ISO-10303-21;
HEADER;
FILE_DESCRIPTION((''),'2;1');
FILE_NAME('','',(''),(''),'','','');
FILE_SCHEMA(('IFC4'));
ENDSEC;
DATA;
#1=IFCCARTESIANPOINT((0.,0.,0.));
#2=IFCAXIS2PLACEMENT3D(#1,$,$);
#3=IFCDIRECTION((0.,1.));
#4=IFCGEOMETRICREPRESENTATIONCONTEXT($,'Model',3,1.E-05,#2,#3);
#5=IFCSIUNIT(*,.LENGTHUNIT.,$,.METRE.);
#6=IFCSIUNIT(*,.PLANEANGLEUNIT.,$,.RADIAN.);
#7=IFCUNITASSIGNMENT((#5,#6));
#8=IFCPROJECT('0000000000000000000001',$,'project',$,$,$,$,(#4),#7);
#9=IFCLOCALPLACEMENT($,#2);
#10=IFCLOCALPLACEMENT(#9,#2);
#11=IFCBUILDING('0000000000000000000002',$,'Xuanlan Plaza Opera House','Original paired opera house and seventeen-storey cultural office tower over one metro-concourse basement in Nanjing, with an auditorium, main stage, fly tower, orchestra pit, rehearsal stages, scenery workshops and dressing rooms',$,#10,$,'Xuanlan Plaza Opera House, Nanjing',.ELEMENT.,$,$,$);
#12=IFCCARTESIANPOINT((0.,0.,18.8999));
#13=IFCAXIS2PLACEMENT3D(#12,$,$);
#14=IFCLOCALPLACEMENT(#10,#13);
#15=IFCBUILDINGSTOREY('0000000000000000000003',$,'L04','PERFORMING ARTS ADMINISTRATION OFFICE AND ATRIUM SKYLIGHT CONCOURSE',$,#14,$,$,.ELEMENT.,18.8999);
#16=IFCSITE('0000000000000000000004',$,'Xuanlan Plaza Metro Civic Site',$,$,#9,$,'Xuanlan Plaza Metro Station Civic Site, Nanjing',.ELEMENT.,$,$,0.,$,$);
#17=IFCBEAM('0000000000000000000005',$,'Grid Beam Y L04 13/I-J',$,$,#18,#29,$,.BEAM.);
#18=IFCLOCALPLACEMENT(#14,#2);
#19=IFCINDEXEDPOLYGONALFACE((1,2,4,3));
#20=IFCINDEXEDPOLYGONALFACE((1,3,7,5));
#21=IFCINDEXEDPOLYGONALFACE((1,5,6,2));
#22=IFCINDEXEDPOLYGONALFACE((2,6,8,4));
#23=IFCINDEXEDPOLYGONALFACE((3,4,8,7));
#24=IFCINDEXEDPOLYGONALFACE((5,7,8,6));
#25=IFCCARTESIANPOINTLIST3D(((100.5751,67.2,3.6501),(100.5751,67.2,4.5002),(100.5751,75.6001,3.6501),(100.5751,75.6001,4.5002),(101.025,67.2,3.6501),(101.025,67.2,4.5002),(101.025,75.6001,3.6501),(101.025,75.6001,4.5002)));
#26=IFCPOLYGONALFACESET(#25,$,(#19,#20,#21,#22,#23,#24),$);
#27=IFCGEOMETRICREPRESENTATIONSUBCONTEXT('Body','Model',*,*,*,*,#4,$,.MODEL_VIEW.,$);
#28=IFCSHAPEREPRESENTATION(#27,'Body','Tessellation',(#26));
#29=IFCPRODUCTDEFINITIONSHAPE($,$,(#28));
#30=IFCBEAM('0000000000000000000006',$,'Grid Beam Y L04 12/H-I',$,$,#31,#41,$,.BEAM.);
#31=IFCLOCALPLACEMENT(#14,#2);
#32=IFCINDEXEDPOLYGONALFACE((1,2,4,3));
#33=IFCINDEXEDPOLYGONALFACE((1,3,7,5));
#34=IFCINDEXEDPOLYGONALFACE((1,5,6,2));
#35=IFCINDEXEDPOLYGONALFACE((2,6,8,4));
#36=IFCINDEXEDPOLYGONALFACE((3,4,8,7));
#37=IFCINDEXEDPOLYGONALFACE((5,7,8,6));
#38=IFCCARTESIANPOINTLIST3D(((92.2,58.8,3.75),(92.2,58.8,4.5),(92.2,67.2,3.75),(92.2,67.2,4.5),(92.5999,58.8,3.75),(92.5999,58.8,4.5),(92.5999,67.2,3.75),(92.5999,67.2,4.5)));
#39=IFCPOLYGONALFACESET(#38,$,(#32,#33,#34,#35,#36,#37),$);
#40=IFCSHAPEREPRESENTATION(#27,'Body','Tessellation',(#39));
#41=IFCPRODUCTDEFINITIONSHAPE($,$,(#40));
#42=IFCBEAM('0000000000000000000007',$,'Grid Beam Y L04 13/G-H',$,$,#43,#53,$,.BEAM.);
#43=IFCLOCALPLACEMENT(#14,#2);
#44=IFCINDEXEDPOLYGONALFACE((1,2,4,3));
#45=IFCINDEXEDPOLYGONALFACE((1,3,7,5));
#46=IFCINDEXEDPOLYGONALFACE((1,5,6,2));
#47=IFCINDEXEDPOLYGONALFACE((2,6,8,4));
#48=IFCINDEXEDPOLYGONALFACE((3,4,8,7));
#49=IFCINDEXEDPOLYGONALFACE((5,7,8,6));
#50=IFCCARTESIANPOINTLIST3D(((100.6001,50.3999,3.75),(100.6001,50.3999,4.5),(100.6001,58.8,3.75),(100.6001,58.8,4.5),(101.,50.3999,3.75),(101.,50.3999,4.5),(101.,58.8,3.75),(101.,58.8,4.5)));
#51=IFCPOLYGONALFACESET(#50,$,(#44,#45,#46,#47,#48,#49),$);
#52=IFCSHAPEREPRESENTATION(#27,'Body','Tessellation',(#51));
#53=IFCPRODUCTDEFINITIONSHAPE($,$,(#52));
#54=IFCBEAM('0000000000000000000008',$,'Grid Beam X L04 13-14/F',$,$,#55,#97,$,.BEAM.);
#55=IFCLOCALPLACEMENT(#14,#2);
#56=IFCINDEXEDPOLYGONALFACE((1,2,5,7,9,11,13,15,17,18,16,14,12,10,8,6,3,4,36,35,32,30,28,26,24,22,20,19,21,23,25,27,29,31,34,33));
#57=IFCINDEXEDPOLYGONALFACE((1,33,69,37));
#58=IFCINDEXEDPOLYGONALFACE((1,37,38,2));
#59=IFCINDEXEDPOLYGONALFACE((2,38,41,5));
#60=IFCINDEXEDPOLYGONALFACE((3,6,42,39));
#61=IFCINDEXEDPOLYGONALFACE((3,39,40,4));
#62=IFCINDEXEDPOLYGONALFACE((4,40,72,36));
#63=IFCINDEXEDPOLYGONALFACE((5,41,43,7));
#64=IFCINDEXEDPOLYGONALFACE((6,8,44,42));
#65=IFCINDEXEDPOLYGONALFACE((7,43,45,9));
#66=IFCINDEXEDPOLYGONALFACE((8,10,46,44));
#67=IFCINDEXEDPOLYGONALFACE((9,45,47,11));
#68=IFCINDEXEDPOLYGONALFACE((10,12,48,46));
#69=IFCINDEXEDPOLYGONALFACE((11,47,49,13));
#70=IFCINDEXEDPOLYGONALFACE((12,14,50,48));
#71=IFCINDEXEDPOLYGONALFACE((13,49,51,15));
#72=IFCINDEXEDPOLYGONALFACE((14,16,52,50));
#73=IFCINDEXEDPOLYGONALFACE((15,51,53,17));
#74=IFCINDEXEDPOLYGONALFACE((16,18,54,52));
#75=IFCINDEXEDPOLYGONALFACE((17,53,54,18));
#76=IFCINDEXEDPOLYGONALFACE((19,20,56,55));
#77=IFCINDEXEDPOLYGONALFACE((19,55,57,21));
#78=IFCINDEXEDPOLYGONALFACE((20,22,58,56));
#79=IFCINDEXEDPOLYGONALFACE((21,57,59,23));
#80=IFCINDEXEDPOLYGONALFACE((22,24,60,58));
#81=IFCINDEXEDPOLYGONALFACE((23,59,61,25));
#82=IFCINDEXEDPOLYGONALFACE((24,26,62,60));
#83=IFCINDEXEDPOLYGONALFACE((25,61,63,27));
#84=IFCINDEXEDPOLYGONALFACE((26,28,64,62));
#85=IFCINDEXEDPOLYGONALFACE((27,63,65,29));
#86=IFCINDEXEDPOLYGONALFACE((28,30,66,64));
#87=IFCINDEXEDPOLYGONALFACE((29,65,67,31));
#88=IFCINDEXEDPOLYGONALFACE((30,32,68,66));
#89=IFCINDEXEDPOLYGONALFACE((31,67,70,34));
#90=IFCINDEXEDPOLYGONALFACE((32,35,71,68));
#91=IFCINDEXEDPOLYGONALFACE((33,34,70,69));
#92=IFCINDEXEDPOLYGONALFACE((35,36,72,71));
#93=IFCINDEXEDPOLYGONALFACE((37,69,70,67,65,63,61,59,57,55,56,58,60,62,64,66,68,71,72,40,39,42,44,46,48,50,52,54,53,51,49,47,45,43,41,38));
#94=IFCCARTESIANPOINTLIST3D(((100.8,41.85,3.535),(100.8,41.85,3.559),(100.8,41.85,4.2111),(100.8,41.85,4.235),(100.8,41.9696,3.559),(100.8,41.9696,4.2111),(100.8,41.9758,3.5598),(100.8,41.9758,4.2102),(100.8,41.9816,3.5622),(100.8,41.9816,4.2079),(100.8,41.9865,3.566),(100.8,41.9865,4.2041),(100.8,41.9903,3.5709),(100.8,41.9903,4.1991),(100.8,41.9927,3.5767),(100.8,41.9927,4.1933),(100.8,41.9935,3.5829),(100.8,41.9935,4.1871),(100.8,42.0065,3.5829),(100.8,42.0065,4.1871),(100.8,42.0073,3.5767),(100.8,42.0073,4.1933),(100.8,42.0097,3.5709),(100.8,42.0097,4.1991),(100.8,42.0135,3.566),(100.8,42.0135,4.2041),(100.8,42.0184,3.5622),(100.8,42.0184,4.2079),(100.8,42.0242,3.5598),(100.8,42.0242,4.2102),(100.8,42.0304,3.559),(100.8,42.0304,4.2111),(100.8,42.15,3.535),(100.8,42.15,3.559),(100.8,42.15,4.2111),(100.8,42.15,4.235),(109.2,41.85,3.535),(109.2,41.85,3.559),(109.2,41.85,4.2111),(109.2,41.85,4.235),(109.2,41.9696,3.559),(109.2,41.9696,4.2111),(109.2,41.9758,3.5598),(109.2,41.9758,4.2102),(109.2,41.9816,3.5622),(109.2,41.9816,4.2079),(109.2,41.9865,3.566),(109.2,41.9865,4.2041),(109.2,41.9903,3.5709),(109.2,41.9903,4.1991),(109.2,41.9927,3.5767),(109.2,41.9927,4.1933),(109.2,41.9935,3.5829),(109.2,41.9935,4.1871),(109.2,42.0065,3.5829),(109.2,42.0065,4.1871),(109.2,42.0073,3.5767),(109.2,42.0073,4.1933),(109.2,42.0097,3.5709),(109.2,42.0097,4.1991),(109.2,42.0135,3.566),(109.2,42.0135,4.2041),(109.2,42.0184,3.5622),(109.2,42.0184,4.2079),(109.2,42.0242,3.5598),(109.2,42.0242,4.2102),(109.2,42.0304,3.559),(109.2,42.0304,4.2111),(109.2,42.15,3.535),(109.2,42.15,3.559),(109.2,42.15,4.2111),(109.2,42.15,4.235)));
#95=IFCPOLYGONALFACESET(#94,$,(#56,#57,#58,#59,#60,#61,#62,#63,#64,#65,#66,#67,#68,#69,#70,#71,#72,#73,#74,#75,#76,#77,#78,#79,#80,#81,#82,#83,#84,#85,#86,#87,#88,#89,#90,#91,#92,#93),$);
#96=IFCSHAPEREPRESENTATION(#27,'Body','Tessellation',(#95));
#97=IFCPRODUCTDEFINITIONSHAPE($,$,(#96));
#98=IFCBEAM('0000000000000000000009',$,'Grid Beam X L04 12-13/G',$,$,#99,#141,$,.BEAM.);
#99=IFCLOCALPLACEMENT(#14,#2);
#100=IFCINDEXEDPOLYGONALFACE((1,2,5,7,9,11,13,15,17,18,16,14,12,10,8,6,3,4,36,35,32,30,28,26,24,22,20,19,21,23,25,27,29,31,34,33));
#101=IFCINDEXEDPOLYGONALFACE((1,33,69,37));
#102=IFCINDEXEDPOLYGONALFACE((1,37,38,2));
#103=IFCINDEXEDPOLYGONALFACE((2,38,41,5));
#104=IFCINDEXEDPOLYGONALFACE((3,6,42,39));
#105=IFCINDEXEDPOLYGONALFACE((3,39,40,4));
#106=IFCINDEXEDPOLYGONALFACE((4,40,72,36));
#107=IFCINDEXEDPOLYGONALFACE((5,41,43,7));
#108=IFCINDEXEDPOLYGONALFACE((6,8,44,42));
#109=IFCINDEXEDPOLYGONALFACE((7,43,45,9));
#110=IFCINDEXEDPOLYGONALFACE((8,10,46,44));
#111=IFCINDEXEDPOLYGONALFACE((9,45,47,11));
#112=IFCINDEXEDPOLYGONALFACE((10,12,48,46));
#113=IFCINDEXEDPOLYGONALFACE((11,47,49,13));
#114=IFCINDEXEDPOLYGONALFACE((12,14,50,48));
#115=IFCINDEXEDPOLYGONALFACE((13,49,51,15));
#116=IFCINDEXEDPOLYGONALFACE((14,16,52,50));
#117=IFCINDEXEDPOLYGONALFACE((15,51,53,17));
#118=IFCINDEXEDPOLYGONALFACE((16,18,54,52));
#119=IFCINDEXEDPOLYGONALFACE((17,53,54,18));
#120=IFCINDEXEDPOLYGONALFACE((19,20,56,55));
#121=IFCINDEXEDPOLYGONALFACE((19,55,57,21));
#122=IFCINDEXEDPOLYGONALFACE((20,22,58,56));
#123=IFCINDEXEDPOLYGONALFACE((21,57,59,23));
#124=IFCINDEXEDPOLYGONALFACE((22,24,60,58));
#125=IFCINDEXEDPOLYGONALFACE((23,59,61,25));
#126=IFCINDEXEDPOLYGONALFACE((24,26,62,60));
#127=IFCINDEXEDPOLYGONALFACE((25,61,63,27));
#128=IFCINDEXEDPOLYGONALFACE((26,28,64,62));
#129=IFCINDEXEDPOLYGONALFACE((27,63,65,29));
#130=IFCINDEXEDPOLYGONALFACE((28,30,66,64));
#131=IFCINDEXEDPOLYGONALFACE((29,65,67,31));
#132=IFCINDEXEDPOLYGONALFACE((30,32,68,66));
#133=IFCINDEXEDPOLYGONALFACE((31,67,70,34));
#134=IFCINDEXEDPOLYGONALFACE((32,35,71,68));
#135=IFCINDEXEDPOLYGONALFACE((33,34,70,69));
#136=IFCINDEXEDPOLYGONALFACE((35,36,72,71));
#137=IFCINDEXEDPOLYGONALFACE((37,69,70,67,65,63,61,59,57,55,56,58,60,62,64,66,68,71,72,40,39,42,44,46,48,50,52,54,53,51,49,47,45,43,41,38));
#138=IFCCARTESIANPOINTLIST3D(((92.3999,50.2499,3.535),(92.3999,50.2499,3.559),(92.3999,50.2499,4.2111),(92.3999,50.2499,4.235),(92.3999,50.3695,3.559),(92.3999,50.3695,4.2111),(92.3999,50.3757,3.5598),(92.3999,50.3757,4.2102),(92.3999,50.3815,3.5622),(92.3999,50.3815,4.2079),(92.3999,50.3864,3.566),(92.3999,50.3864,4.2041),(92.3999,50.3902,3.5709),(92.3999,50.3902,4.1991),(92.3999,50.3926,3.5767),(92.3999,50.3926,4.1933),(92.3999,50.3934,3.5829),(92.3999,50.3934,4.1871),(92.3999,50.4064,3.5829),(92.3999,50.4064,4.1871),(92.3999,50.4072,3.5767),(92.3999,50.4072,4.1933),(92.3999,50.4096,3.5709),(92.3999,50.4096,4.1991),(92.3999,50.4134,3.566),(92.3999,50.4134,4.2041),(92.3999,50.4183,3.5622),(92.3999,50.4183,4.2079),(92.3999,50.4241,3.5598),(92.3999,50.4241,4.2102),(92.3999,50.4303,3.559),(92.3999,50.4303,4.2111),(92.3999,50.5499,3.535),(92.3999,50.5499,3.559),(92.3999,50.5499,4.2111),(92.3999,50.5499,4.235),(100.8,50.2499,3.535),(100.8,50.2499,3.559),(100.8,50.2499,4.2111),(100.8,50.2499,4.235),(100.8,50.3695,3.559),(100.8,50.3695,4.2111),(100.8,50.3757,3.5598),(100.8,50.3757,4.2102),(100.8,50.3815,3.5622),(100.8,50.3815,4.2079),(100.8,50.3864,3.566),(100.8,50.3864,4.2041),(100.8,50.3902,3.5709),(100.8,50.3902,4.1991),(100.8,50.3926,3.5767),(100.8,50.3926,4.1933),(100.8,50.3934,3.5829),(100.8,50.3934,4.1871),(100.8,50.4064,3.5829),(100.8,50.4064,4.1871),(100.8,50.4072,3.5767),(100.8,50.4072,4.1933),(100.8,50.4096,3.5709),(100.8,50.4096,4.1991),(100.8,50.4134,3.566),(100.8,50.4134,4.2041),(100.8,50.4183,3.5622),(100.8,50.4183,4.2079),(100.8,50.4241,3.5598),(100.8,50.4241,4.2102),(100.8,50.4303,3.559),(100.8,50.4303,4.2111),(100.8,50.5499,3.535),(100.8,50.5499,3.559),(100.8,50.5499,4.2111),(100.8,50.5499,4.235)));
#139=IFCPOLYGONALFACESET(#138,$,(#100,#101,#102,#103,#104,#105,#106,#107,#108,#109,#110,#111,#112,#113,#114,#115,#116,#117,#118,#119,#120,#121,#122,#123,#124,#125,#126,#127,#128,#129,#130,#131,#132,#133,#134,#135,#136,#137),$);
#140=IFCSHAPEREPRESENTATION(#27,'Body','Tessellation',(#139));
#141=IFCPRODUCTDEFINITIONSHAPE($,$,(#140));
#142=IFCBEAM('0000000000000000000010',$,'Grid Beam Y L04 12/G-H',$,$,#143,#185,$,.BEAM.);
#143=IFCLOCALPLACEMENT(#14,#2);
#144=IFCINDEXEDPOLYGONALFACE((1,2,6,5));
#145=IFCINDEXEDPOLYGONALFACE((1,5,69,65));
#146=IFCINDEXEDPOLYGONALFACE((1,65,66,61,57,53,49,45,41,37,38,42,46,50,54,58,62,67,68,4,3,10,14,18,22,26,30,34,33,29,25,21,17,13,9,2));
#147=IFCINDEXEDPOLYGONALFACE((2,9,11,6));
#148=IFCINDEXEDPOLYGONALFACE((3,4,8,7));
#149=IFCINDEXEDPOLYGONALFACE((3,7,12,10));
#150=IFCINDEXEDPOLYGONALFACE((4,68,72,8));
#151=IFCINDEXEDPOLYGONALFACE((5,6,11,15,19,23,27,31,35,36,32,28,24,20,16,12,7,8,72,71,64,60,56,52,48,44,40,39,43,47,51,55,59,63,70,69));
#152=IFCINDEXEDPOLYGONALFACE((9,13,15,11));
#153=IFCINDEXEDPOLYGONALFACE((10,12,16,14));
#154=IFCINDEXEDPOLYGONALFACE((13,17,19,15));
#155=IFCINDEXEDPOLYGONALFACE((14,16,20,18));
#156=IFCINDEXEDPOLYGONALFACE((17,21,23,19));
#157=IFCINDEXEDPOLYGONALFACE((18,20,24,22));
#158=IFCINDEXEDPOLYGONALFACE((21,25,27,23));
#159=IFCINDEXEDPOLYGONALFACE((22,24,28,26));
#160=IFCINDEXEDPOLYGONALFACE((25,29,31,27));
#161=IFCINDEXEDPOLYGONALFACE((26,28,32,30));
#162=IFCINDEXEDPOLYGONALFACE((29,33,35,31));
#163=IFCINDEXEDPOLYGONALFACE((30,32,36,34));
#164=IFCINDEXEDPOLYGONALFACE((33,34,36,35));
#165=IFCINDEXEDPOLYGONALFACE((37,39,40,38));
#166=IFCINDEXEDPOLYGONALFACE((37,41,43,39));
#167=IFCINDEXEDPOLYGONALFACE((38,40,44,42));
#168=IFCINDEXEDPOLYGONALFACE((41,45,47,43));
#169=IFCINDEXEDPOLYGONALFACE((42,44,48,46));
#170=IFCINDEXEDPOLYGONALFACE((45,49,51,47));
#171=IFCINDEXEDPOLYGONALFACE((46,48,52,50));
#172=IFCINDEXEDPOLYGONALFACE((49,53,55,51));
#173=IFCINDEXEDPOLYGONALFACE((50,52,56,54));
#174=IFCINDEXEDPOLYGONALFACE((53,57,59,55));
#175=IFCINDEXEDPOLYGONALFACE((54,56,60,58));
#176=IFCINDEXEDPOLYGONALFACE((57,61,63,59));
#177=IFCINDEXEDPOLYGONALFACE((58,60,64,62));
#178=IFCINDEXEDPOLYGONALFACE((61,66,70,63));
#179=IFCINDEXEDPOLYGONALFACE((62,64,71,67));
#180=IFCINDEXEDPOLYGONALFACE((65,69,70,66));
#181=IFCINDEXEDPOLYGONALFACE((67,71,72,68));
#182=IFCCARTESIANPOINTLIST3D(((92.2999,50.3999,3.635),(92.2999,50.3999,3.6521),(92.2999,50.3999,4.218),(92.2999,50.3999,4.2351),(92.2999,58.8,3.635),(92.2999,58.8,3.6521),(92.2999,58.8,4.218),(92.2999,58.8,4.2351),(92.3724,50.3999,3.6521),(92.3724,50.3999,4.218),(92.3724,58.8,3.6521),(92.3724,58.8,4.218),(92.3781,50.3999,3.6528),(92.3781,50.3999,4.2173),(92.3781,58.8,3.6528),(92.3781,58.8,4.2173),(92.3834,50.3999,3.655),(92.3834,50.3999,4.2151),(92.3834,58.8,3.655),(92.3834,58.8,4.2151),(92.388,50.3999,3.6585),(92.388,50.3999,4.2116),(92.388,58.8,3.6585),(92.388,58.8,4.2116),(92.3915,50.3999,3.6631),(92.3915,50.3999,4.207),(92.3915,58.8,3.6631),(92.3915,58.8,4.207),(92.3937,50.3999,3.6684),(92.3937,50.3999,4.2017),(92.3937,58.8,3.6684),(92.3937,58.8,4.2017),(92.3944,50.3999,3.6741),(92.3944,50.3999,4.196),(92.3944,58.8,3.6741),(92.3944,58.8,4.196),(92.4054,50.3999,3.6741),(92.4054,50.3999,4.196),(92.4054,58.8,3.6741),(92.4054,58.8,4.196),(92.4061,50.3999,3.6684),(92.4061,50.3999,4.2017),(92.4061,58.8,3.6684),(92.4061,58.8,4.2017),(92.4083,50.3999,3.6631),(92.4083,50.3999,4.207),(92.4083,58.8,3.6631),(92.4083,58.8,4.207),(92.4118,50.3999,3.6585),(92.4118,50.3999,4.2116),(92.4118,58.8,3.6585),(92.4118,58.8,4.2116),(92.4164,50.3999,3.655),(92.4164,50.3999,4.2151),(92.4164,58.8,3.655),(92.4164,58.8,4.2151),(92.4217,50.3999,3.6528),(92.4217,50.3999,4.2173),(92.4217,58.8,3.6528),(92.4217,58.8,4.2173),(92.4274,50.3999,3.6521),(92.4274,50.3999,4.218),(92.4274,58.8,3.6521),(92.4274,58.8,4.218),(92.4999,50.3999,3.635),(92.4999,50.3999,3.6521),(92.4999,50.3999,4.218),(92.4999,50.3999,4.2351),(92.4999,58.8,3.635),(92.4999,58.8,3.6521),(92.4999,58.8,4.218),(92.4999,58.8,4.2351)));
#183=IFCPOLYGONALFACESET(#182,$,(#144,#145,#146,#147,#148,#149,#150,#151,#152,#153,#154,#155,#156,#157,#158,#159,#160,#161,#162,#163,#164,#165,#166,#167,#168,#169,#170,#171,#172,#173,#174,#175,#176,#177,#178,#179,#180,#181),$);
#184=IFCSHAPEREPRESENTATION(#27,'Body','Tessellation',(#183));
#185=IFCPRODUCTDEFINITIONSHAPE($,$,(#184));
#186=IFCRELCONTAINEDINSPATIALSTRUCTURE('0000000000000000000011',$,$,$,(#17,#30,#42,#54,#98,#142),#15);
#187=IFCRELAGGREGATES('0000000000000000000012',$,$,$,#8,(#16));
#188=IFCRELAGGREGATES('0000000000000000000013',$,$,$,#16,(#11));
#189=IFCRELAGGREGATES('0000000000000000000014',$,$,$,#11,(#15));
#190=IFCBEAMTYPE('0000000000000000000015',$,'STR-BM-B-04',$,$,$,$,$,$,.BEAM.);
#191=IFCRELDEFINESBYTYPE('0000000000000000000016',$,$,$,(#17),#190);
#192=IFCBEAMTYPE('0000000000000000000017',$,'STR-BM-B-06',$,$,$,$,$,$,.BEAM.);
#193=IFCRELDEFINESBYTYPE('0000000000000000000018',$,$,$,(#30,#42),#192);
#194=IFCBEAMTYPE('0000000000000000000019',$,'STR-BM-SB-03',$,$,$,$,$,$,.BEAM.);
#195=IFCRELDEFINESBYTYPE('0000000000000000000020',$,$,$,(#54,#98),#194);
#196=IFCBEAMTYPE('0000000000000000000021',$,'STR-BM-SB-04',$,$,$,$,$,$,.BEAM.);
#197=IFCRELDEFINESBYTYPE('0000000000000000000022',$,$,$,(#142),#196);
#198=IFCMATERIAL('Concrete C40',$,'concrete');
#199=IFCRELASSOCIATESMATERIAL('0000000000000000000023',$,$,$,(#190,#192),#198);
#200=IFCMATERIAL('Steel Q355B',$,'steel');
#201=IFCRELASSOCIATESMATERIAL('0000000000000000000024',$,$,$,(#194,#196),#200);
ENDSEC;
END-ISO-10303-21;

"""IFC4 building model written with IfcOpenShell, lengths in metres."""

from ifc_helpers import new_model, si_unit, direction, frame, origin, origin_2d, place, context, subcontext, project, spatial, rectangle, i_section, extrude, material, material_profile, profile_set, type_object, element, save


model = new_model("IFC4")

# Units and contexts
model_context = context("Model", 3, precision=1e-05, world=origin(), true_north=direction((0.0, 1.0)))
body_context = subcontext(model_context, "Body", "Model", "MODEL_VIEW")
ifc_project = project(units=[si_unit("LENGTHUNIT", "METRE"), si_unit("PLANEANGLEUNIT", "RADIAN")], contexts=[model_context])

# Site, building, storey
site_placement = place(None, origin())
site = spatial("IfcSite", under=ifc_project, at=site_placement, Name="Xuanlan Plaza Metro Civic Site", LongName="Xuanlan Plaza Metro Station Civic Site, Nanjing", CompositionType="ELEMENT", RefElevation=0.0)
building_placement = place(site_placement, origin())
building = spatial("IfcBuilding", under=site, at=building_placement, Name="Xuanlan Plaza Opera House", Description="Original paired opera house and seventeen-storey cultural office tower over one metro-concourse basement in Nanjing, with an auditorium, main stage, fly tower, orchestra pit, rehearsal stages, scenery workshops and dressing rooms", LongName="Xuanlan Plaza Opera House, Nanjing", CompositionType="ELEMENT")
storey_placement = place(building_placement, frame((0.0, 0.0, 18.8999)))
storey = spatial("IfcBuildingStorey", under=building, at=storey_placement, Name="L04", Description="PERFORMING ARTS ADMINISTRATION OFFICE AND ATRIUM SKYLIGHT CONCOURSE", CompositionType="ELEMENT", Elevation=18.8999)

# Beams
ifc_material_1 = material(Name="Concrete C40", Category="concrete")
ifc_material_profile_1 = material_profile(ifc_material_1, rectangle(XDim=0.45, YDim=0.8501, at=origin_2d()), Name="RC-BM 450x850")
ifc_profile_set_1 = profile_set([ifc_material_profile_1], Name="Concrete C40")
beam_type_1 = type_object("IfcBeamType", Name="STR-BM-B-04", PredefinedType="BEAM", material=ifc_profile_set_1)
beam_1_placement = place(storey_placement, frame((100.8, 67.2, 4.0752), z_axis=(0.0, 1.0, 0.0), x_axis=(-1.0, 0.0, 0.0)))
element("IfcBeam", 1, at=beam_1_placement, inside=storey, type_object=beam_type_1, Name="Grid Beam Y L04 13/I-J", PredefinedType="BEAM", context=body_context, shape_type="SweptSolid", body=[
    extrude(rectangle(XDim=0.45, YDim=0.8501, at=origin_2d()), origin(), (0.0, 0.0, 1.0), 8.4001),
])
ifc_material_profile_2 = material_profile(ifc_material_1, rectangle(XDim=0.3999, YDim=0.75, at=origin_2d()), Name="RC-BM 400x750")
ifc_profile_set_2 = profile_set([ifc_material_profile_2], Name="Concrete C40")
beam_type_2 = type_object("IfcBeamType", Name="STR-BM-B-06", PredefinedType="BEAM", material=ifc_profile_set_2)
beam_2_placement = place(storey_placement, frame((92.3999, 58.8, 4.125), z_axis=(0.0, 1.0, 0.0), x_axis=(-1.0, 0.0, 0.0)))
element("IfcBeam", 2, at=beam_2_placement, inside=storey, type_object=beam_type_2, Name="Grid Beam Y L04 12/H-I", PredefinedType="BEAM", context=body_context, shape_type="SweptSolid", body=[
    extrude(rectangle(XDim=0.3999, YDim=0.75, at=origin_2d()), origin(), (0.0, 0.0, 1.0), 8.3999),
])
beam_3_placement = place(storey_placement, frame((100.8, 50.3999, 4.125), z_axis=(0.0, 1.0, 0.0), x_axis=(-1.0, 0.0, 0.0)))
element("IfcBeam", 3, at=beam_3_placement, inside=storey, type_object=beam_type_2, Name="Grid Beam Y L04 13/G-H", PredefinedType="BEAM", context=body_context, shape_type="SweptSolid", body=[
    extrude(rectangle(XDim=0.3999, YDim=0.75, at=origin_2d()), origin(), (0.0, 0.0, 1.0), 8.4001),
])
ifc_material_2 = material(Name="Steel Q355B", Category="steel")
ifc_material_profile_3 = material_profile(ifc_material_2, i_section(OverallWidth=0.3, OverallDepth=0.7, WebThickness=0.0129, FlangeThickness=0.0239, FilletRadius=0.0239, at=origin_2d()), Name="HN 700x300x13x24")
ifc_profile_set_3 = profile_set([ifc_material_profile_3], Name="Steel Q355B")
beam_type_3 = type_object("IfcBeamType", Name="STR-BM-SB-03", PredefinedType="BEAM", material=ifc_profile_set_3)
beam_4_placement = place(storey_placement, frame((100.8, 42.0, 3.885), z_axis=(1.0, 0.0, 0.0), x_axis=(0.0, 1.0, 0.0)))
element("IfcBeam", 4, at=beam_4_placement, inside=storey, type_object=beam_type_3, Name="Grid Beam X L04 13-14/F", PredefinedType="BEAM", context=body_context, shape_type="SweptSolid", body=[
    extrude(i_section(OverallWidth=0.3, OverallDepth=0.7, WebThickness=0.0129, FlangeThickness=0.0239, FilletRadius=0.0239, at=origin_2d()), origin(), (0.0, 0.0, 1.0), 8.3999),
])
beam_5_placement = place(storey_placement, frame((92.3999, 50.3999, 3.885), z_axis=(1.0, 0.0, 0.0), x_axis=(0.0, 1.0, 0.0)))
element("IfcBeam", 5, at=beam_5_placement, inside=storey, type_object=beam_type_3, Name="Grid Beam X L04 12-13/G", PredefinedType="BEAM", context=body_context, shape_type="SweptSolid", body=[
    extrude(i_section(OverallWidth=0.3, OverallDepth=0.7, WebThickness=0.0129, FlangeThickness=0.0239, FilletRadius=0.0239, at=origin_2d()), origin(), (0.0, 0.0, 1.0), 8.4001),
])
ifc_material_profile_4 = material_profile(ifc_material_2, i_section(OverallWidth=0.2, OverallDepth=0.6001, WebThickness=0.011, FlangeThickness=0.0171, FilletRadius=0.022, at=origin_2d()), Name="HN 600x200x11x17")
ifc_profile_set_4 = profile_set([ifc_material_profile_4], Name="Steel Q355B")
beam_type_4 = type_object("IfcBeamType", Name="STR-BM-SB-04", PredefinedType="BEAM", material=ifc_profile_set_4)
beam_6_placement = place(storey_placement, frame((92.3999, 50.3999, 3.9351), z_axis=(0.0, 1.0, 0.0), x_axis=(-1.0, 0.0, 0.0)))
element("IfcBeam", 6, at=beam_6_placement, inside=storey, type_object=beam_type_4, Name="Grid Beam Y L04 12/G-H", PredefinedType="BEAM", context=body_context, shape_type="SweptSolid", body=[
    extrude(i_section(OverallWidth=0.2, OverallDepth=0.6001, WebThickness=0.011, FlangeThickness=0.0171, FilletRadius=0.022, at=origin_2d()), origin(), (0.0, 0.0, 1.0), 8.4001),
])

save(model, "model.ifc")
